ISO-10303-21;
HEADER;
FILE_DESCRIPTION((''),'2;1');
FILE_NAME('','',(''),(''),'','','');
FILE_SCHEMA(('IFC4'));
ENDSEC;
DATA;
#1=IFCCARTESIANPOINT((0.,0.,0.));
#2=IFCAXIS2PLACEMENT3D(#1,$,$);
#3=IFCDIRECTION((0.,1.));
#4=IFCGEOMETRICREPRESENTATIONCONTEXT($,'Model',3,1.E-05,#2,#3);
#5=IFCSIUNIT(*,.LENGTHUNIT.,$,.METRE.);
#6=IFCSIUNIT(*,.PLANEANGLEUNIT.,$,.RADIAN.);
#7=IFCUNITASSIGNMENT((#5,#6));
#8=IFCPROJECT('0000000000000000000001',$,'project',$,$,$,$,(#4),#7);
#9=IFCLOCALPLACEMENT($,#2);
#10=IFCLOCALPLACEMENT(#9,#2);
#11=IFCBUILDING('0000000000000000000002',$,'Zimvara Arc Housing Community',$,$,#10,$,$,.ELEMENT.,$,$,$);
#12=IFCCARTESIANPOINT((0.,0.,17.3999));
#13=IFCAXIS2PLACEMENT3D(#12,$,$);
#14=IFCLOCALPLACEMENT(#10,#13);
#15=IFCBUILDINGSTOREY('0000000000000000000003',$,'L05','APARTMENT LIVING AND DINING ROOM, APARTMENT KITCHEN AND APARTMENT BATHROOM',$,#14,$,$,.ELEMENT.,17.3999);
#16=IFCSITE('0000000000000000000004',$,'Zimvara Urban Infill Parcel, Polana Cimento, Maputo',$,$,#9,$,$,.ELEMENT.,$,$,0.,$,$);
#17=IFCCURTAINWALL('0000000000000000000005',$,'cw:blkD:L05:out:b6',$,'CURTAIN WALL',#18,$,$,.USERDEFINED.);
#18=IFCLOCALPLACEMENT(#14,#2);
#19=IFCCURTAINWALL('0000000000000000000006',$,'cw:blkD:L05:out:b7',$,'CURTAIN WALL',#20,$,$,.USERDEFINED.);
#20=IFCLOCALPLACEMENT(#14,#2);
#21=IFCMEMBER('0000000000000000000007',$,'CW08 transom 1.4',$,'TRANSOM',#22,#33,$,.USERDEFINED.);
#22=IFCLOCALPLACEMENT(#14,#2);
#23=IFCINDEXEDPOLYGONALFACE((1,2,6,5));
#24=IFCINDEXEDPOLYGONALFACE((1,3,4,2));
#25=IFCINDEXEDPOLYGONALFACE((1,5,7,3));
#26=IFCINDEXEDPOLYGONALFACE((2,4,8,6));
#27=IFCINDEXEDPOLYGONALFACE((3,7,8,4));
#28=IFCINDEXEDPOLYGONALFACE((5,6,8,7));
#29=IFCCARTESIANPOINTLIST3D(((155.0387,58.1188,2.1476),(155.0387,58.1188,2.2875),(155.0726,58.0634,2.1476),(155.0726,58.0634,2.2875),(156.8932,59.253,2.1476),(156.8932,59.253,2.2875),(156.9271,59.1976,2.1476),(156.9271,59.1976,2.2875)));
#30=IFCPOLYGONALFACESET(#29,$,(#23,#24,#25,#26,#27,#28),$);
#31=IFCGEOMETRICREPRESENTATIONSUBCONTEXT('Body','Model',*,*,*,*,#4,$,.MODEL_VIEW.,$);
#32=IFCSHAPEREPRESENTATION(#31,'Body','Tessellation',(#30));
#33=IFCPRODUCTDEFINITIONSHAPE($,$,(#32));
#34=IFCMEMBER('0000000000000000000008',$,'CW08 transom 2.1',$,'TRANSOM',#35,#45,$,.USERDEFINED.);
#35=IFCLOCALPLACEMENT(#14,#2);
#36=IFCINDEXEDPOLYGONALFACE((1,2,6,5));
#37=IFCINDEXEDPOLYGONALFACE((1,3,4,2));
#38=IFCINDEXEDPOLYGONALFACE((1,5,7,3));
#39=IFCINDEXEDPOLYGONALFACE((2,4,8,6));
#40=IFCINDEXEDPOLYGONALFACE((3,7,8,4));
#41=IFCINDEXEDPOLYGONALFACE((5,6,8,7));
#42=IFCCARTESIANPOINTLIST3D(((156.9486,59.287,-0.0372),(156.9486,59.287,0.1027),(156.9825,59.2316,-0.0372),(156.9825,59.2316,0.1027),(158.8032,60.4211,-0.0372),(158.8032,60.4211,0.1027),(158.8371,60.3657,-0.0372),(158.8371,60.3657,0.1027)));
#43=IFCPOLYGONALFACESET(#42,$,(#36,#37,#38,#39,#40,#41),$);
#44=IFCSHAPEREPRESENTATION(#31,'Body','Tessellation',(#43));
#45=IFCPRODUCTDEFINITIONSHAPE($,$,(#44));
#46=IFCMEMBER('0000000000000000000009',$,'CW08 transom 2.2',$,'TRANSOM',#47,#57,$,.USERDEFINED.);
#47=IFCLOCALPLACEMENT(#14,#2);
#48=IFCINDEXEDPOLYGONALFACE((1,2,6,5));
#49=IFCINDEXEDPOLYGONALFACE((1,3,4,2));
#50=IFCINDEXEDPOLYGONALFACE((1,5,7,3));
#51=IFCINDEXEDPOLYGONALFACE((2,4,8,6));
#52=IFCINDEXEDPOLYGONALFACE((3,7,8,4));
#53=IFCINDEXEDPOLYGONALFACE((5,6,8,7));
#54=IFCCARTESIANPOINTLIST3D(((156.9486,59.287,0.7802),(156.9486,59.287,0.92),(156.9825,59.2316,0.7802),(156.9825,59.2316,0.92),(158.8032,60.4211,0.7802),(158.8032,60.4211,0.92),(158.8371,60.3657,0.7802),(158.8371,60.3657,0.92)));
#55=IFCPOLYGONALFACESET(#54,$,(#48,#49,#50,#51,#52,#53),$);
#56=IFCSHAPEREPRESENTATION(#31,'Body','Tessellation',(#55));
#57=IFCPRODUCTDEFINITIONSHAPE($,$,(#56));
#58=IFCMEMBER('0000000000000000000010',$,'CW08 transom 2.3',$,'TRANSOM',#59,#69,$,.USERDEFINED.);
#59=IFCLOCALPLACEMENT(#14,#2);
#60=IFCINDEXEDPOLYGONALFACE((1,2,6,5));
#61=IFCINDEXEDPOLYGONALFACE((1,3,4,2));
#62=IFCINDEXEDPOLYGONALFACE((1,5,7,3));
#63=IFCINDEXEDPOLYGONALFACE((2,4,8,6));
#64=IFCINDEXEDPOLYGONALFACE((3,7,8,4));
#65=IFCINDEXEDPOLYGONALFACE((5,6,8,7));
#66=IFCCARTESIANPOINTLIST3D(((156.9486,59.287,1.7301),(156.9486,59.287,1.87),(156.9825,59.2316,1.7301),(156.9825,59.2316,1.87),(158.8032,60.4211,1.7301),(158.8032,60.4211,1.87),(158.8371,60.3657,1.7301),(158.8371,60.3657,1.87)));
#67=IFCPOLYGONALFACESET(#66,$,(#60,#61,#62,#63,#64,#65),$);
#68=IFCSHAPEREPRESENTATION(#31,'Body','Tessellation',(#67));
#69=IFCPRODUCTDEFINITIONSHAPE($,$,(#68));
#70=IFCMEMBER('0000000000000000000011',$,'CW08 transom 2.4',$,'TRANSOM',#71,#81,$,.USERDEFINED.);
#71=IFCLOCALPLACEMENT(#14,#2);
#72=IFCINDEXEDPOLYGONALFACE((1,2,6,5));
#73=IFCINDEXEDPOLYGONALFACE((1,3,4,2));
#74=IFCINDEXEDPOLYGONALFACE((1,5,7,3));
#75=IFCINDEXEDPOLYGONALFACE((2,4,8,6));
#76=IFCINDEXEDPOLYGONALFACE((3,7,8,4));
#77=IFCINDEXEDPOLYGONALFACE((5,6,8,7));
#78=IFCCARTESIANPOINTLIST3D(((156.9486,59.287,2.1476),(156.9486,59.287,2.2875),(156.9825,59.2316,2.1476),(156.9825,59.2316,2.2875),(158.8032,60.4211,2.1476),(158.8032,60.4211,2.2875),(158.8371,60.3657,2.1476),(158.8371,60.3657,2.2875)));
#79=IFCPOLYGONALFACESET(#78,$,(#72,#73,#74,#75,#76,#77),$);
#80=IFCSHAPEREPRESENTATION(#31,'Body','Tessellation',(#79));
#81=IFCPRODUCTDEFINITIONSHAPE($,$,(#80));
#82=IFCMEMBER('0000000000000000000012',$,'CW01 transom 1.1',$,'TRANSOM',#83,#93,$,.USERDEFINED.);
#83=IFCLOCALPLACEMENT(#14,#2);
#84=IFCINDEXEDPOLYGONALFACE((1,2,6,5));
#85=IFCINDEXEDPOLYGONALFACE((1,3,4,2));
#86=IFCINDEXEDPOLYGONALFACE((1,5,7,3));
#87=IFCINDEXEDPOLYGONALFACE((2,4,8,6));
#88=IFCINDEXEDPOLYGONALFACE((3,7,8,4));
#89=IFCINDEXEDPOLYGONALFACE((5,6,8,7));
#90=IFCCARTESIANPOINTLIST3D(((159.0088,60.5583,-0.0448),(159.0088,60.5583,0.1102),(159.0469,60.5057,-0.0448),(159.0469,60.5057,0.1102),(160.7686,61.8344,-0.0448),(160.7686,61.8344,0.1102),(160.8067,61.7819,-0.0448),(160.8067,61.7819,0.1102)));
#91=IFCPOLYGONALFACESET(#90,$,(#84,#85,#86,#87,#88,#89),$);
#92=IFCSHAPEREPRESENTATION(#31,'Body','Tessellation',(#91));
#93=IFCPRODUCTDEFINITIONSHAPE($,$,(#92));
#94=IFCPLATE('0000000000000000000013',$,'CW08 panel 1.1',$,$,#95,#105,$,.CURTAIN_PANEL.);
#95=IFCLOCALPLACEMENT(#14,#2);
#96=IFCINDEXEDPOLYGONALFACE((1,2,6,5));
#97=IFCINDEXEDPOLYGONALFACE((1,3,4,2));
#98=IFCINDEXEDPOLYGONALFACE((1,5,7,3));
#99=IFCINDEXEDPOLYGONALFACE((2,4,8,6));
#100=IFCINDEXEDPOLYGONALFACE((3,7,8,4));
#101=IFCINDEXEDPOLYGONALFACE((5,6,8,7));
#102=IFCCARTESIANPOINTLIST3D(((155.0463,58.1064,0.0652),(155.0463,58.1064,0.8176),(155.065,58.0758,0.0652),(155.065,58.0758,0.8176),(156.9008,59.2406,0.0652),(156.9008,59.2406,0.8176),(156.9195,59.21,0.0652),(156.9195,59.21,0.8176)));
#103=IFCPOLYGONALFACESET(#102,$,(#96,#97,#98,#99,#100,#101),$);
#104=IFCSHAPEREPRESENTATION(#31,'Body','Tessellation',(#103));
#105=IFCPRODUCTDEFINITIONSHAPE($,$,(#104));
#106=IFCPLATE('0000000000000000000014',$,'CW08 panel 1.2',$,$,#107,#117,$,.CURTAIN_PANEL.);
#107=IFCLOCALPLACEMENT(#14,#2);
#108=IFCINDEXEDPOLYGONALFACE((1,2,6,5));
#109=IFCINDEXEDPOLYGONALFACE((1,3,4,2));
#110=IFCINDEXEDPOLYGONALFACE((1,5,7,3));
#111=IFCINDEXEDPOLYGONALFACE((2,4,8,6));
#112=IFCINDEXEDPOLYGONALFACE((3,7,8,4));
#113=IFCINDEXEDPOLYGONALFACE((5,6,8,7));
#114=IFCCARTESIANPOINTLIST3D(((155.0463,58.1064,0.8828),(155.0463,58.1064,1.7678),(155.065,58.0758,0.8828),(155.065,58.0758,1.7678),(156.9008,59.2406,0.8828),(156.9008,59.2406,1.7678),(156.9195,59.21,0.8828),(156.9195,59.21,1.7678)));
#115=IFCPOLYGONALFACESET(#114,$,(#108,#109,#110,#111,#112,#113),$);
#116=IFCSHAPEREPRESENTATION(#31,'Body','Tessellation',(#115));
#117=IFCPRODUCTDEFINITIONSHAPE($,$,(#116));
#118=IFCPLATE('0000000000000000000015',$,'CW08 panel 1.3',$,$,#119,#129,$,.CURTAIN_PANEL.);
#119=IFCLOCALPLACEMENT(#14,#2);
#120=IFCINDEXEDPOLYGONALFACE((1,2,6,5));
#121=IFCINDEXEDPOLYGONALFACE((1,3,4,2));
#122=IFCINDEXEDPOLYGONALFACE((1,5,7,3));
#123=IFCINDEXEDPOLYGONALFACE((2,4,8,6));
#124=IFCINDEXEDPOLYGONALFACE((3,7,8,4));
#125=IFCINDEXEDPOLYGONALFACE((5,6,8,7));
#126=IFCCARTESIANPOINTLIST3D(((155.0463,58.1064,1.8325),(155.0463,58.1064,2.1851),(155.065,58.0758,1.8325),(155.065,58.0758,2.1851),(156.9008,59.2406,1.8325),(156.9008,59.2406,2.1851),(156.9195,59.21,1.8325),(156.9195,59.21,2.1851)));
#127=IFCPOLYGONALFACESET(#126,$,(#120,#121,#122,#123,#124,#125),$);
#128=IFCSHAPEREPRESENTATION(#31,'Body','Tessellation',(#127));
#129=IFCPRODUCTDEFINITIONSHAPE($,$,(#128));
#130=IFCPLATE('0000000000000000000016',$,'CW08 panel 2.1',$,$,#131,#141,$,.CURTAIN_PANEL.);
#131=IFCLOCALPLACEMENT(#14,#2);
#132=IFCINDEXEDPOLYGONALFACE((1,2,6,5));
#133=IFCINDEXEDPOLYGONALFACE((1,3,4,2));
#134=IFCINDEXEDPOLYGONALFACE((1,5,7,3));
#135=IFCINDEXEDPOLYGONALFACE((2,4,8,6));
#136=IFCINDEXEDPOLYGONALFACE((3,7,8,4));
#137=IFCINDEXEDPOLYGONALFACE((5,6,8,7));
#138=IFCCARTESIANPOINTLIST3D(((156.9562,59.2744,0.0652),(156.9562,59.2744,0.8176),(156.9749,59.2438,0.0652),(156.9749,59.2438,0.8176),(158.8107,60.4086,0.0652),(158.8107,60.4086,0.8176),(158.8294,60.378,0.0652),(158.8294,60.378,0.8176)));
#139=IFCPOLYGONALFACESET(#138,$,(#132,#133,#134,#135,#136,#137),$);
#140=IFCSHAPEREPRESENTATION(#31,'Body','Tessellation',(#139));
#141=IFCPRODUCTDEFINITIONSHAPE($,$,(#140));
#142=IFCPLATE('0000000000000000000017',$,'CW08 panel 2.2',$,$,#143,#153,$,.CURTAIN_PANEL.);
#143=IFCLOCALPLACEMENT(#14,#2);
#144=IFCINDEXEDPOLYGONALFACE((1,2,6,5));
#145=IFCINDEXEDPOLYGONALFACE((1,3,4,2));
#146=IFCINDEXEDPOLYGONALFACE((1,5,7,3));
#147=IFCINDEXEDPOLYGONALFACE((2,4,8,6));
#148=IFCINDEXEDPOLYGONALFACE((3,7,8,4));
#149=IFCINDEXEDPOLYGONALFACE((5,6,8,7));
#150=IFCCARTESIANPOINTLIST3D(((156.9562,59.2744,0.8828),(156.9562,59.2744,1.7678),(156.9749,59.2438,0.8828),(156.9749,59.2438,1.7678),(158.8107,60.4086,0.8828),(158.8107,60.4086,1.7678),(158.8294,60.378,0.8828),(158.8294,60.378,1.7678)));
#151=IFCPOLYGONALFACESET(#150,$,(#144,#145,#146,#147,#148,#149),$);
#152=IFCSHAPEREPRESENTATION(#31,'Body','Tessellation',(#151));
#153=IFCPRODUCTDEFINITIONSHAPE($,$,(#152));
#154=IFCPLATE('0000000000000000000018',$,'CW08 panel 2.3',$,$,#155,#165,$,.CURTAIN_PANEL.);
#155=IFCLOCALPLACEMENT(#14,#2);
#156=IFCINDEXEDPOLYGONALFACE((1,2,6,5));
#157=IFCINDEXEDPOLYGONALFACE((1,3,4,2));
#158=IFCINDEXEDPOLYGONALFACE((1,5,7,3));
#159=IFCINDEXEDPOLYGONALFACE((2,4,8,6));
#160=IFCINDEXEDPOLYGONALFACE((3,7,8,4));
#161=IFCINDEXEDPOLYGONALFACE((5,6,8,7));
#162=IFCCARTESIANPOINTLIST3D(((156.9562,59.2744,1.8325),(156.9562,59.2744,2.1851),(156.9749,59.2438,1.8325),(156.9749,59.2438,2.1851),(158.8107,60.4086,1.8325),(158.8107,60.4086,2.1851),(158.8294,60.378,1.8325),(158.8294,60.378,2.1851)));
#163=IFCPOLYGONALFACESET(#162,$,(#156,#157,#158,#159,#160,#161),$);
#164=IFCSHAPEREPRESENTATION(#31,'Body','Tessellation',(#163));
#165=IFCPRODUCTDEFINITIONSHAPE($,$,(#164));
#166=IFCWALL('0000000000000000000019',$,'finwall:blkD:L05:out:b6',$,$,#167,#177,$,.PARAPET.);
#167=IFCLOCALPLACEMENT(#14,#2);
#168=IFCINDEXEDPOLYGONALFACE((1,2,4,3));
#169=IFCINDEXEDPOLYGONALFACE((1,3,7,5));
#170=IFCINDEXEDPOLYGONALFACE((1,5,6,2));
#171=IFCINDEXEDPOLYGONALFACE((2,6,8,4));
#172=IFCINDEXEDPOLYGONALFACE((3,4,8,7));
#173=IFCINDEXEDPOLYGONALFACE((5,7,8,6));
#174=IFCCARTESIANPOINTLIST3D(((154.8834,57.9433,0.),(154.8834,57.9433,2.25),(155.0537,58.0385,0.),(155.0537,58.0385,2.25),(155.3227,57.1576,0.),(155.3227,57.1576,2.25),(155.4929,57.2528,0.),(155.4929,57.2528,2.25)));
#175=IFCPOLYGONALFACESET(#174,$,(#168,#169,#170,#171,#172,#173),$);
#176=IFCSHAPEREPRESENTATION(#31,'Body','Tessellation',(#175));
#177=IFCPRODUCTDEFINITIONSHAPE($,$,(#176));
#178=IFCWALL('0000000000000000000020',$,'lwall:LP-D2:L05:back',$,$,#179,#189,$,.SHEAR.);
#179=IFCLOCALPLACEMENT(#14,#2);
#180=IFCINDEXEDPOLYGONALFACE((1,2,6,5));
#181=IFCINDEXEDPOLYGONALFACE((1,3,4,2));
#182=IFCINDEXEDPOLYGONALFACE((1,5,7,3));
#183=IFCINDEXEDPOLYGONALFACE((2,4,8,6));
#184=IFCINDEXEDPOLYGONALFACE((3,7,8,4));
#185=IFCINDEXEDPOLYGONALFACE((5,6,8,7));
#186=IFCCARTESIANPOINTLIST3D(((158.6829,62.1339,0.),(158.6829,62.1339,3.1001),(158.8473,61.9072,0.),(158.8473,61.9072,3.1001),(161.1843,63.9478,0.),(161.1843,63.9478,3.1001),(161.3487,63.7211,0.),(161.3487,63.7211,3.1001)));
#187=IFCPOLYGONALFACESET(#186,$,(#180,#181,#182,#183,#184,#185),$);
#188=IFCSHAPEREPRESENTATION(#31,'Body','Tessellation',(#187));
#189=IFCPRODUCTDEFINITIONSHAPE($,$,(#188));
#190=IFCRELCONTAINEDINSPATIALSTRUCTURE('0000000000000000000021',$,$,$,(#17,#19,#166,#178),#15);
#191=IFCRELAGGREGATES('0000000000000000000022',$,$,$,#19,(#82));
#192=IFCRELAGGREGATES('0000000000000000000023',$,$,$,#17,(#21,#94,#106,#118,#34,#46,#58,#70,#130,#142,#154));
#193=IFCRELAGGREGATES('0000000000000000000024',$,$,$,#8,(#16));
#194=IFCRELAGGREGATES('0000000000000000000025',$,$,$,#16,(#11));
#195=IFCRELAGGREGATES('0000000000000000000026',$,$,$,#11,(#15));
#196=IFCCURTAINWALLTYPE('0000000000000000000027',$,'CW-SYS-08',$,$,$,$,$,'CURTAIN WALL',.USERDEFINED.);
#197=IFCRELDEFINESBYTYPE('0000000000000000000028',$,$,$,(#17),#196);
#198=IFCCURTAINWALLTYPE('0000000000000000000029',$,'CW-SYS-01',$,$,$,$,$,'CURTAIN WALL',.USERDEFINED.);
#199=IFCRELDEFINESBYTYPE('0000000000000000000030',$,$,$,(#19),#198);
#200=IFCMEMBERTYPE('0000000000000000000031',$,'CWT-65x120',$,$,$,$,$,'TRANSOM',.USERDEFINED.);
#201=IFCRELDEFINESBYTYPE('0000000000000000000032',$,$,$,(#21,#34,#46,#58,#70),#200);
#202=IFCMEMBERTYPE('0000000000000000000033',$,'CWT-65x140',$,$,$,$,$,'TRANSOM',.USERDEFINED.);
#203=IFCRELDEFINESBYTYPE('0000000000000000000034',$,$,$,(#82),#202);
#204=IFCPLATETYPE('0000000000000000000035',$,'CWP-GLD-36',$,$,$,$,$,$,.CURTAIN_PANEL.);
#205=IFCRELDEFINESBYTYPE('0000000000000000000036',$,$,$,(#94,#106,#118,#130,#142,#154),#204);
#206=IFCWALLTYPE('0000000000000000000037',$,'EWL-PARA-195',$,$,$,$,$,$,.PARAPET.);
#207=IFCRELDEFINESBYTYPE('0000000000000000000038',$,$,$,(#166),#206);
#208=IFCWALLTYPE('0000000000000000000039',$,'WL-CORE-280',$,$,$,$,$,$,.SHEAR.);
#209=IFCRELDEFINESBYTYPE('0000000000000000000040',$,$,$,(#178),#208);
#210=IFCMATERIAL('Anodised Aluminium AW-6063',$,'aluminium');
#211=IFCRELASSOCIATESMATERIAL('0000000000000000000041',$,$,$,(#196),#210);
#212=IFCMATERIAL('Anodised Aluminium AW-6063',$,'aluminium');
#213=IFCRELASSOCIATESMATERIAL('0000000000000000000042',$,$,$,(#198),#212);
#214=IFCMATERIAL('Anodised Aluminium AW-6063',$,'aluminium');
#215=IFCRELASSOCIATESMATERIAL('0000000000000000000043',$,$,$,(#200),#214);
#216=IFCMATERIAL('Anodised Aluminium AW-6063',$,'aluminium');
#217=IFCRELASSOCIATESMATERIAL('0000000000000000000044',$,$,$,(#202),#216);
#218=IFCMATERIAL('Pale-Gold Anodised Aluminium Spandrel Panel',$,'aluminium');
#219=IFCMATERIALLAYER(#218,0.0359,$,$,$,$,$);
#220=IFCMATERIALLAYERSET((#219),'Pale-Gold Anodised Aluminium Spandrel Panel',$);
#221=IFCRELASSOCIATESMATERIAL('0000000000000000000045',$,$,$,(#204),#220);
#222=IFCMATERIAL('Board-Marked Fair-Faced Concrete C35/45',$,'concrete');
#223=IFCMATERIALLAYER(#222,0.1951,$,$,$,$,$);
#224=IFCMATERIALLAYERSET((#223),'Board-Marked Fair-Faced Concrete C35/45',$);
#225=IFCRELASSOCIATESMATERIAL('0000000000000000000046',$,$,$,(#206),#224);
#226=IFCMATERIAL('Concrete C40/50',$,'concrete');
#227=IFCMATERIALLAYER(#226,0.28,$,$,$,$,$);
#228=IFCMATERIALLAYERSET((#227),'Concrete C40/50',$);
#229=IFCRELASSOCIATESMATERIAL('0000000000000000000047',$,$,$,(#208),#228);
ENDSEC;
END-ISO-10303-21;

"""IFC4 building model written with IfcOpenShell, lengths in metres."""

from ifc_helpers import new_model, si_unit, direction, frame, frame_2d, origin, origin_2d, place, context, subcontext, project, spatial, rectangle, extrude, material, layer, layer_set, material_profile, profile_set, type_object, element, aggregate, save


model = new_model("IFC4")

# Units and contexts
model_context = context("Model", 3, precision=1e-05, world=origin(), true_north=direction((0.0, 1.0)))
body_context = subcontext(model_context, "Body", "Model", "MODEL_VIEW")
ifc_project = project(units=[si_unit("LENGTHUNIT", "METRE"), si_unit("PLANEANGLEUNIT", "RADIAN")], contexts=[model_context])

# Site, building, storey
site_placement = place(None, origin())
site = spatial("IfcSite", under=ifc_project, at=site_placement, Name="Zimvara Urban Infill Parcel, Polana Cimento, Maputo", CompositionType="ELEMENT", RefElevation=0.0)
building_placement = place(site_placement, origin())
building = spatial("IfcBuilding", under=site, at=building_placement, Name="Zimvara Arc Housing Community", CompositionType="ELEMENT")
storey_placement = place(building_placement, frame((0.0, 0.0, 17.3999)))
storey = spatial("IfcBuildingStorey", under=building, at=storey_placement, Name="L05", Description="APARTMENT LIVING AND DINING ROOM, APARTMENT KITCHEN AND APARTMENT BATHROOM", CompositionType="ELEMENT", Elevation=17.3999)

# Curtain wall
ifc_material_1 = material(Name="Anodised Aluminium AW-6063", Category="aluminium")
curtain_wall_type_1 = type_object("IfcCurtainWallType", Name="CW-SYS-08", ElementType="CURTAIN WALL", PredefinedType="USERDEFINED", material=ifc_material_1)
curtain_wall_1_placement = place(storey_placement, origin())
curtain_wall_1 = element("IfcCurtainWall", 1, at=curtain_wall_1_placement, inside=storey, type_object=curtain_wall_type_1, Name="cw:blkD:L05:out:b6", ObjectType="CURTAIN WALL", PredefinedType="USERDEFINED")

# Curtain wall
ifc_material_2 = material(Name="Anodised Aluminium AW-6063", Category="aluminium")
curtain_wall_type_2 = type_object("IfcCurtainWallType", Name="CW-SYS-01", ElementType="CURTAIN WALL", PredefinedType="USERDEFINED", material=ifc_material_2)
curtain_wall_2_placement = place(storey_placement, origin())
curtain_wall_2 = element("IfcCurtainWall", 2, at=curtain_wall_2_placement, inside=storey, type_object=curtain_wall_type_2, Name="cw:blkD:L05:out:b7", ObjectType="CURTAIN WALL", PredefinedType="USERDEFINED")

# Members
ifc_material_3 = material(Name="Anodised Aluminium AW-6063", Category="aluminium")
ifc_material_profile_1 = material_profile(ifc_material_3, rectangle(XDim=0.0649, YDim=0.1399, at=origin_2d()), Name="ALU 65x140")
ifc_profile_set_1 = profile_set([ifc_material_profile_1], Name="Anodised Aluminium AW-6063")
member_type_1 = type_object("IfcMemberType", Name="CWT-65x120", ElementType="TRANSOM", PredefinedType="USERDEFINED", material=ifc_profile_set_1)
member_1_placement = place(storey_placement, frame((155.0557, 58.0911, 2.2175), z_axis=(0.853082, 0.521777, 0.0), x_axis=(-0.521777, 0.853082, 0.0)))
member_1 = element("IfcMember", 3, at=member_1_placement, type_object=member_type_1, Name="CW08 transom 1.4", ObjectType="TRANSOM", PredefinedType="USERDEFINED", context=body_context, shape_type="SweptSolid", body=[
    extrude(rectangle(XDim=0.0649, YDim=0.1399, at=origin_2d()), origin(), (0.0, 0.0, 1.0), 2.1738),
])
member_2_placement = place(storey_placement, frame((156.9656, 59.2593, 0.0327), z_axis=(0.853132, 0.521695, 0.0), x_axis=(-0.521695, 0.853132, 0.0)))
member_2 = element("IfcMember", 4, at=member_2_placement, type_object=member_type_1, Name="CW08 transom 2.1", ObjectType="TRANSOM", PredefinedType="USERDEFINED", context=body_context, shape_type="SweptSolid", body=[
    extrude(rectangle(XDim=0.0649, YDim=0.1399, at=origin_2d()), origin(), (0.0, 0.0, 1.0), 2.1738),
])
member_3_placement = place(storey_placement, frame((156.9656, 59.2593, 0.8501), z_axis=(0.853132, 0.521695, 0.0), x_axis=(-0.521695, 0.853132, 0.0)))
member_3 = element("IfcMember", 5, at=member_3_placement, type_object=member_type_1, Name="CW08 transom 2.2", ObjectType="TRANSOM", PredefinedType="USERDEFINED", context=body_context, shape_type="SweptSolid", body=[
    extrude(rectangle(XDim=0.0649, YDim=0.1399, at=origin_2d()), origin(), (0.0, 0.0, 1.0), 2.1738),
])
member_4_placement = place(storey_placement, frame((156.9656, 59.2593, 1.8), z_axis=(0.853132, 0.521695, 0.0), x_axis=(-0.521695, 0.853132, 0.0)))
member_4 = element("IfcMember", 6, at=member_4_placement, type_object=member_type_1, Name="CW08 transom 2.3", ObjectType="TRANSOM", PredefinedType="USERDEFINED", context=body_context, shape_type="SweptSolid", body=[
    extrude(rectangle(XDim=0.0649, YDim=0.1399, at=origin_2d()), origin(), (0.0, 0.0, 1.0), 2.1738),
])
member_5_placement = place(storey_placement, frame((156.9656, 59.2593, 2.2175), z_axis=(0.853132, 0.521695, 0.0), x_axis=(-0.521695, 0.853132, 0.0)))
member_5 = element("IfcMember", 7, at=member_5_placement, type_object=member_type_1, Name="CW08 transom 2.4", ObjectType="TRANSOM", PredefinedType="USERDEFINED", context=body_context, shape_type="SweptSolid", body=[
    extrude(rectangle(XDim=0.0649, YDim=0.1399, at=origin_2d()), origin(), (0.0, 0.0, 1.0), 2.1738),
])
ifc_material_4 = material(Name="Anodised Aluminium AW-6063", Category="aluminium")
ifc_material_profile_2 = material_profile(ifc_material_4, rectangle(XDim=0.0649, YDim=0.155, at=origin_2d()), Name="ALU 65x155")
ifc_profile_set_2 = profile_set([ifc_material_profile_2], Name="Anodised Aluminium AW-6063")
member_type_2 = type_object("IfcMemberType", Name="CWT-65x140", ElementType="TRANSOM", PredefinedType="USERDEFINED", material=ifc_profile_set_2)
member_6_placement = place(storey_placement, frame((159.0278, 60.532, 0.0327), z_axis=(0.809546, 0.587056, 0.0), x_axis=(-0.587056, 0.809546, 0.0)))
member_6 = element("IfcMember", 8, at=member_6_placement, type_object=member_type_2, Name="CW01 transom 1.1", ObjectType="TRANSOM", PredefinedType="USERDEFINED", context=body_context, shape_type="SweptSolid", body=[
    extrude(rectangle(XDim=0.0649, YDim=0.155, at=origin_2d()), origin(), (0.0, 0.0, 1.0), 2.1738),
])
aggregate(curtain_wall_2, [member_6])

# Plates
ifc_material_5 = material(Name="Pale-Gold Anodised Aluminium Spandrel Panel", Category="aluminium")
ifc_layer_1 = layer(ifc_material_5, 0.0359)
ifc_layer_set_1 = layer_set([ifc_layer_1], Name="Pale-Gold Anodised Aluminium Spandrel Panel")
plate_type = type_object("IfcPlateType", Name="CWP-GLD-36", PredefinedType="CURTAIN_PANEL", material=ifc_layer_set_1)
plate_1_placement = place(storey_placement, frame((155.9829, 58.6582, 0.0652), z_axis=(0.0, 0.0, 1.0), x_axis=(0.853096, 0.521754, 0.0)))
plate_1 = element("IfcPlate", 9, at=plate_1_placement, type_object=plate_type, Name="CW08 panel 1.1", PredefinedType="CURTAIN_PANEL", context=body_context, shape_type="SweptSolid", body=[
    extrude(rectangle(XDim=2.1738, YDim=0.0359, at=origin_2d()), origin(), (0.0, 0.0, 1.0), 0.7524),
])
plate_2_placement = place(storey_placement, frame((155.9829, 58.6582, 0.8828), z_axis=(0.0, 0.0, 1.0), x_axis=(0.853096, 0.521754, 0.0)))
plate_2 = element("IfcPlate", 10, at=plate_2_placement, type_object=plate_type, Name="CW08 panel 1.2", PredefinedType="CURTAIN_PANEL", context=body_context, shape_type="SweptSolid", body=[
    extrude(rectangle(XDim=2.1738, YDim=0.0359, at=origin_2d()), origin(), (0.0, 0.0, 1.0), 0.885),
])
plate_3_placement = place(storey_placement, frame((155.9829, 58.6582, 1.8325), z_axis=(0.0, 0.0, 1.0), x_axis=(0.853096, 0.521754, 0.0)))
plate_3 = element("IfcPlate", 11, at=plate_3_placement, type_object=plate_type, Name="CW08 panel 1.3", PredefinedType="CURTAIN_PANEL", context=body_context, shape_type="SweptSolid", body=[
    extrude(rectangle(XDim=2.1738, YDim=0.0359, at=origin_2d()), origin(), (0.0, 0.0, 1.0), 0.3525),
])
plate_4_placement = place(storey_placement, frame((157.8928, 59.8262, 0.0652), z_axis=(0.0, 0.0, 1.0), x_axis=(0.853096, 0.521754, 0.0)))
plate_4 = element("IfcPlate", 12, at=plate_4_placement, type_object=plate_type, Name="CW08 panel 2.1", PredefinedType="CURTAIN_PANEL", context=body_context, shape_type="SweptSolid", body=[
    extrude(rectangle(XDim=2.1738, YDim=0.0359, at=origin_2d()), origin(), (0.0, 0.0, 1.0), 0.7524),
])
plate_5_placement = place(storey_placement, frame((157.8928, 59.8262, 0.8828), z_axis=(0.0, 0.0, 1.0), x_axis=(0.853096, 0.521754, 0.0)))
plate_5 = element("IfcPlate", 13, at=plate_5_placement, type_object=plate_type, Name="CW08 panel 2.2", PredefinedType="CURTAIN_PANEL", context=body_context, shape_type="SweptSolid", body=[
    extrude(rectangle(XDim=2.1738, YDim=0.0359, at=origin_2d()), origin(), (0.0, 0.0, 1.0), 0.885),
])
plate_6_placement = place(storey_placement, frame((157.8928, 59.8262, 1.8325), z_axis=(0.0, 0.0, 1.0), x_axis=(0.853096, 0.521754, 0.0)))
plate_6 = element("IfcPlate", 14, at=plate_6_placement, type_object=plate_type, Name="CW08 panel 2.3", PredefinedType="CURTAIN_PANEL", context=body_context, shape_type="SweptSolid", body=[
    extrude(rectangle(XDim=2.1738, YDim=0.0359, at=origin_2d()), origin(), (0.0, 0.0, 1.0), 0.3525),
])
aggregate(curtain_wall_1, [member_1, plate_1, plate_2, plate_3, member_2, member_3, member_4, member_5, plate_4, plate_5, plate_6])

# Wall
ifc_material_6 = material(Name="Board-Marked Fair-Faced Concrete C35/45", Category="concrete")
ifc_layer_2 = layer(ifc_material_6, 0.1951)
ifc_layer_set_2 = layer_set([ifc_layer_2], Name="Board-Marked Fair-Faced Concrete C35/45")
wall_type_1 = type_object("IfcWallType", Name="EWL-PARA-195", PredefinedType="PARAPET", material=ifc_layer_set_2)
wall_1_placement = place(storey_placement, frame((154.9685, 57.991, 0.0), z_axis=(0.0, 0.0, 1.0), x_axis=(0.487967, -0.872862, 0.0)))
element("IfcWall", 15, at=wall_1_placement, inside=storey, type_object=wall_type_1, Name="finwall:blkD:L05:out:b6", PredefinedType="PARAPET", context=body_context, shape_type="SweptSolid", body=[
    extrude(rectangle(XDim=0.9001, YDim=0.1951, at=frame_2d((0.4502, 0.0))), origin(), (0.0, 0.0, 1.0), 2.25),
])

# Shared definitions
ifc_material_7 = material(Name="Concrete C40/50", Category="concrete")
ifc_layer_3 = layer(ifc_material_7, 0.28)
ifc_layer_set_3 = layer_set([ifc_layer_3], Name="Concrete C40/50")
wall_type_2 = type_object("IfcWallType", Name="WL-CORE-280", PredefinedType="SHEAR", material=ifc_layer_set_3)

# Wall
wall_2_placement = place(storey_placement, frame((158.7651, 62.0205, 0.0), z_axis=(0.0, 0.0, 1.0), x_axis=(0.809548, 0.587053, 0.0)))
element("IfcWall", 16, at=wall_2_placement, inside=storey, type_object=wall_type_2, Name="lwall:LP-D2:L05:back", PredefinedType="SHEAR", context=body_context, shape_type="SweptSolid", body=[
    extrude(rectangle(XDim=3.0898, YDim=0.28, at=frame_2d((1.5449, 0.0))), origin(), (0.0, 0.0, 1.0), 3.1001),
])

save(model, "model.ifc")
